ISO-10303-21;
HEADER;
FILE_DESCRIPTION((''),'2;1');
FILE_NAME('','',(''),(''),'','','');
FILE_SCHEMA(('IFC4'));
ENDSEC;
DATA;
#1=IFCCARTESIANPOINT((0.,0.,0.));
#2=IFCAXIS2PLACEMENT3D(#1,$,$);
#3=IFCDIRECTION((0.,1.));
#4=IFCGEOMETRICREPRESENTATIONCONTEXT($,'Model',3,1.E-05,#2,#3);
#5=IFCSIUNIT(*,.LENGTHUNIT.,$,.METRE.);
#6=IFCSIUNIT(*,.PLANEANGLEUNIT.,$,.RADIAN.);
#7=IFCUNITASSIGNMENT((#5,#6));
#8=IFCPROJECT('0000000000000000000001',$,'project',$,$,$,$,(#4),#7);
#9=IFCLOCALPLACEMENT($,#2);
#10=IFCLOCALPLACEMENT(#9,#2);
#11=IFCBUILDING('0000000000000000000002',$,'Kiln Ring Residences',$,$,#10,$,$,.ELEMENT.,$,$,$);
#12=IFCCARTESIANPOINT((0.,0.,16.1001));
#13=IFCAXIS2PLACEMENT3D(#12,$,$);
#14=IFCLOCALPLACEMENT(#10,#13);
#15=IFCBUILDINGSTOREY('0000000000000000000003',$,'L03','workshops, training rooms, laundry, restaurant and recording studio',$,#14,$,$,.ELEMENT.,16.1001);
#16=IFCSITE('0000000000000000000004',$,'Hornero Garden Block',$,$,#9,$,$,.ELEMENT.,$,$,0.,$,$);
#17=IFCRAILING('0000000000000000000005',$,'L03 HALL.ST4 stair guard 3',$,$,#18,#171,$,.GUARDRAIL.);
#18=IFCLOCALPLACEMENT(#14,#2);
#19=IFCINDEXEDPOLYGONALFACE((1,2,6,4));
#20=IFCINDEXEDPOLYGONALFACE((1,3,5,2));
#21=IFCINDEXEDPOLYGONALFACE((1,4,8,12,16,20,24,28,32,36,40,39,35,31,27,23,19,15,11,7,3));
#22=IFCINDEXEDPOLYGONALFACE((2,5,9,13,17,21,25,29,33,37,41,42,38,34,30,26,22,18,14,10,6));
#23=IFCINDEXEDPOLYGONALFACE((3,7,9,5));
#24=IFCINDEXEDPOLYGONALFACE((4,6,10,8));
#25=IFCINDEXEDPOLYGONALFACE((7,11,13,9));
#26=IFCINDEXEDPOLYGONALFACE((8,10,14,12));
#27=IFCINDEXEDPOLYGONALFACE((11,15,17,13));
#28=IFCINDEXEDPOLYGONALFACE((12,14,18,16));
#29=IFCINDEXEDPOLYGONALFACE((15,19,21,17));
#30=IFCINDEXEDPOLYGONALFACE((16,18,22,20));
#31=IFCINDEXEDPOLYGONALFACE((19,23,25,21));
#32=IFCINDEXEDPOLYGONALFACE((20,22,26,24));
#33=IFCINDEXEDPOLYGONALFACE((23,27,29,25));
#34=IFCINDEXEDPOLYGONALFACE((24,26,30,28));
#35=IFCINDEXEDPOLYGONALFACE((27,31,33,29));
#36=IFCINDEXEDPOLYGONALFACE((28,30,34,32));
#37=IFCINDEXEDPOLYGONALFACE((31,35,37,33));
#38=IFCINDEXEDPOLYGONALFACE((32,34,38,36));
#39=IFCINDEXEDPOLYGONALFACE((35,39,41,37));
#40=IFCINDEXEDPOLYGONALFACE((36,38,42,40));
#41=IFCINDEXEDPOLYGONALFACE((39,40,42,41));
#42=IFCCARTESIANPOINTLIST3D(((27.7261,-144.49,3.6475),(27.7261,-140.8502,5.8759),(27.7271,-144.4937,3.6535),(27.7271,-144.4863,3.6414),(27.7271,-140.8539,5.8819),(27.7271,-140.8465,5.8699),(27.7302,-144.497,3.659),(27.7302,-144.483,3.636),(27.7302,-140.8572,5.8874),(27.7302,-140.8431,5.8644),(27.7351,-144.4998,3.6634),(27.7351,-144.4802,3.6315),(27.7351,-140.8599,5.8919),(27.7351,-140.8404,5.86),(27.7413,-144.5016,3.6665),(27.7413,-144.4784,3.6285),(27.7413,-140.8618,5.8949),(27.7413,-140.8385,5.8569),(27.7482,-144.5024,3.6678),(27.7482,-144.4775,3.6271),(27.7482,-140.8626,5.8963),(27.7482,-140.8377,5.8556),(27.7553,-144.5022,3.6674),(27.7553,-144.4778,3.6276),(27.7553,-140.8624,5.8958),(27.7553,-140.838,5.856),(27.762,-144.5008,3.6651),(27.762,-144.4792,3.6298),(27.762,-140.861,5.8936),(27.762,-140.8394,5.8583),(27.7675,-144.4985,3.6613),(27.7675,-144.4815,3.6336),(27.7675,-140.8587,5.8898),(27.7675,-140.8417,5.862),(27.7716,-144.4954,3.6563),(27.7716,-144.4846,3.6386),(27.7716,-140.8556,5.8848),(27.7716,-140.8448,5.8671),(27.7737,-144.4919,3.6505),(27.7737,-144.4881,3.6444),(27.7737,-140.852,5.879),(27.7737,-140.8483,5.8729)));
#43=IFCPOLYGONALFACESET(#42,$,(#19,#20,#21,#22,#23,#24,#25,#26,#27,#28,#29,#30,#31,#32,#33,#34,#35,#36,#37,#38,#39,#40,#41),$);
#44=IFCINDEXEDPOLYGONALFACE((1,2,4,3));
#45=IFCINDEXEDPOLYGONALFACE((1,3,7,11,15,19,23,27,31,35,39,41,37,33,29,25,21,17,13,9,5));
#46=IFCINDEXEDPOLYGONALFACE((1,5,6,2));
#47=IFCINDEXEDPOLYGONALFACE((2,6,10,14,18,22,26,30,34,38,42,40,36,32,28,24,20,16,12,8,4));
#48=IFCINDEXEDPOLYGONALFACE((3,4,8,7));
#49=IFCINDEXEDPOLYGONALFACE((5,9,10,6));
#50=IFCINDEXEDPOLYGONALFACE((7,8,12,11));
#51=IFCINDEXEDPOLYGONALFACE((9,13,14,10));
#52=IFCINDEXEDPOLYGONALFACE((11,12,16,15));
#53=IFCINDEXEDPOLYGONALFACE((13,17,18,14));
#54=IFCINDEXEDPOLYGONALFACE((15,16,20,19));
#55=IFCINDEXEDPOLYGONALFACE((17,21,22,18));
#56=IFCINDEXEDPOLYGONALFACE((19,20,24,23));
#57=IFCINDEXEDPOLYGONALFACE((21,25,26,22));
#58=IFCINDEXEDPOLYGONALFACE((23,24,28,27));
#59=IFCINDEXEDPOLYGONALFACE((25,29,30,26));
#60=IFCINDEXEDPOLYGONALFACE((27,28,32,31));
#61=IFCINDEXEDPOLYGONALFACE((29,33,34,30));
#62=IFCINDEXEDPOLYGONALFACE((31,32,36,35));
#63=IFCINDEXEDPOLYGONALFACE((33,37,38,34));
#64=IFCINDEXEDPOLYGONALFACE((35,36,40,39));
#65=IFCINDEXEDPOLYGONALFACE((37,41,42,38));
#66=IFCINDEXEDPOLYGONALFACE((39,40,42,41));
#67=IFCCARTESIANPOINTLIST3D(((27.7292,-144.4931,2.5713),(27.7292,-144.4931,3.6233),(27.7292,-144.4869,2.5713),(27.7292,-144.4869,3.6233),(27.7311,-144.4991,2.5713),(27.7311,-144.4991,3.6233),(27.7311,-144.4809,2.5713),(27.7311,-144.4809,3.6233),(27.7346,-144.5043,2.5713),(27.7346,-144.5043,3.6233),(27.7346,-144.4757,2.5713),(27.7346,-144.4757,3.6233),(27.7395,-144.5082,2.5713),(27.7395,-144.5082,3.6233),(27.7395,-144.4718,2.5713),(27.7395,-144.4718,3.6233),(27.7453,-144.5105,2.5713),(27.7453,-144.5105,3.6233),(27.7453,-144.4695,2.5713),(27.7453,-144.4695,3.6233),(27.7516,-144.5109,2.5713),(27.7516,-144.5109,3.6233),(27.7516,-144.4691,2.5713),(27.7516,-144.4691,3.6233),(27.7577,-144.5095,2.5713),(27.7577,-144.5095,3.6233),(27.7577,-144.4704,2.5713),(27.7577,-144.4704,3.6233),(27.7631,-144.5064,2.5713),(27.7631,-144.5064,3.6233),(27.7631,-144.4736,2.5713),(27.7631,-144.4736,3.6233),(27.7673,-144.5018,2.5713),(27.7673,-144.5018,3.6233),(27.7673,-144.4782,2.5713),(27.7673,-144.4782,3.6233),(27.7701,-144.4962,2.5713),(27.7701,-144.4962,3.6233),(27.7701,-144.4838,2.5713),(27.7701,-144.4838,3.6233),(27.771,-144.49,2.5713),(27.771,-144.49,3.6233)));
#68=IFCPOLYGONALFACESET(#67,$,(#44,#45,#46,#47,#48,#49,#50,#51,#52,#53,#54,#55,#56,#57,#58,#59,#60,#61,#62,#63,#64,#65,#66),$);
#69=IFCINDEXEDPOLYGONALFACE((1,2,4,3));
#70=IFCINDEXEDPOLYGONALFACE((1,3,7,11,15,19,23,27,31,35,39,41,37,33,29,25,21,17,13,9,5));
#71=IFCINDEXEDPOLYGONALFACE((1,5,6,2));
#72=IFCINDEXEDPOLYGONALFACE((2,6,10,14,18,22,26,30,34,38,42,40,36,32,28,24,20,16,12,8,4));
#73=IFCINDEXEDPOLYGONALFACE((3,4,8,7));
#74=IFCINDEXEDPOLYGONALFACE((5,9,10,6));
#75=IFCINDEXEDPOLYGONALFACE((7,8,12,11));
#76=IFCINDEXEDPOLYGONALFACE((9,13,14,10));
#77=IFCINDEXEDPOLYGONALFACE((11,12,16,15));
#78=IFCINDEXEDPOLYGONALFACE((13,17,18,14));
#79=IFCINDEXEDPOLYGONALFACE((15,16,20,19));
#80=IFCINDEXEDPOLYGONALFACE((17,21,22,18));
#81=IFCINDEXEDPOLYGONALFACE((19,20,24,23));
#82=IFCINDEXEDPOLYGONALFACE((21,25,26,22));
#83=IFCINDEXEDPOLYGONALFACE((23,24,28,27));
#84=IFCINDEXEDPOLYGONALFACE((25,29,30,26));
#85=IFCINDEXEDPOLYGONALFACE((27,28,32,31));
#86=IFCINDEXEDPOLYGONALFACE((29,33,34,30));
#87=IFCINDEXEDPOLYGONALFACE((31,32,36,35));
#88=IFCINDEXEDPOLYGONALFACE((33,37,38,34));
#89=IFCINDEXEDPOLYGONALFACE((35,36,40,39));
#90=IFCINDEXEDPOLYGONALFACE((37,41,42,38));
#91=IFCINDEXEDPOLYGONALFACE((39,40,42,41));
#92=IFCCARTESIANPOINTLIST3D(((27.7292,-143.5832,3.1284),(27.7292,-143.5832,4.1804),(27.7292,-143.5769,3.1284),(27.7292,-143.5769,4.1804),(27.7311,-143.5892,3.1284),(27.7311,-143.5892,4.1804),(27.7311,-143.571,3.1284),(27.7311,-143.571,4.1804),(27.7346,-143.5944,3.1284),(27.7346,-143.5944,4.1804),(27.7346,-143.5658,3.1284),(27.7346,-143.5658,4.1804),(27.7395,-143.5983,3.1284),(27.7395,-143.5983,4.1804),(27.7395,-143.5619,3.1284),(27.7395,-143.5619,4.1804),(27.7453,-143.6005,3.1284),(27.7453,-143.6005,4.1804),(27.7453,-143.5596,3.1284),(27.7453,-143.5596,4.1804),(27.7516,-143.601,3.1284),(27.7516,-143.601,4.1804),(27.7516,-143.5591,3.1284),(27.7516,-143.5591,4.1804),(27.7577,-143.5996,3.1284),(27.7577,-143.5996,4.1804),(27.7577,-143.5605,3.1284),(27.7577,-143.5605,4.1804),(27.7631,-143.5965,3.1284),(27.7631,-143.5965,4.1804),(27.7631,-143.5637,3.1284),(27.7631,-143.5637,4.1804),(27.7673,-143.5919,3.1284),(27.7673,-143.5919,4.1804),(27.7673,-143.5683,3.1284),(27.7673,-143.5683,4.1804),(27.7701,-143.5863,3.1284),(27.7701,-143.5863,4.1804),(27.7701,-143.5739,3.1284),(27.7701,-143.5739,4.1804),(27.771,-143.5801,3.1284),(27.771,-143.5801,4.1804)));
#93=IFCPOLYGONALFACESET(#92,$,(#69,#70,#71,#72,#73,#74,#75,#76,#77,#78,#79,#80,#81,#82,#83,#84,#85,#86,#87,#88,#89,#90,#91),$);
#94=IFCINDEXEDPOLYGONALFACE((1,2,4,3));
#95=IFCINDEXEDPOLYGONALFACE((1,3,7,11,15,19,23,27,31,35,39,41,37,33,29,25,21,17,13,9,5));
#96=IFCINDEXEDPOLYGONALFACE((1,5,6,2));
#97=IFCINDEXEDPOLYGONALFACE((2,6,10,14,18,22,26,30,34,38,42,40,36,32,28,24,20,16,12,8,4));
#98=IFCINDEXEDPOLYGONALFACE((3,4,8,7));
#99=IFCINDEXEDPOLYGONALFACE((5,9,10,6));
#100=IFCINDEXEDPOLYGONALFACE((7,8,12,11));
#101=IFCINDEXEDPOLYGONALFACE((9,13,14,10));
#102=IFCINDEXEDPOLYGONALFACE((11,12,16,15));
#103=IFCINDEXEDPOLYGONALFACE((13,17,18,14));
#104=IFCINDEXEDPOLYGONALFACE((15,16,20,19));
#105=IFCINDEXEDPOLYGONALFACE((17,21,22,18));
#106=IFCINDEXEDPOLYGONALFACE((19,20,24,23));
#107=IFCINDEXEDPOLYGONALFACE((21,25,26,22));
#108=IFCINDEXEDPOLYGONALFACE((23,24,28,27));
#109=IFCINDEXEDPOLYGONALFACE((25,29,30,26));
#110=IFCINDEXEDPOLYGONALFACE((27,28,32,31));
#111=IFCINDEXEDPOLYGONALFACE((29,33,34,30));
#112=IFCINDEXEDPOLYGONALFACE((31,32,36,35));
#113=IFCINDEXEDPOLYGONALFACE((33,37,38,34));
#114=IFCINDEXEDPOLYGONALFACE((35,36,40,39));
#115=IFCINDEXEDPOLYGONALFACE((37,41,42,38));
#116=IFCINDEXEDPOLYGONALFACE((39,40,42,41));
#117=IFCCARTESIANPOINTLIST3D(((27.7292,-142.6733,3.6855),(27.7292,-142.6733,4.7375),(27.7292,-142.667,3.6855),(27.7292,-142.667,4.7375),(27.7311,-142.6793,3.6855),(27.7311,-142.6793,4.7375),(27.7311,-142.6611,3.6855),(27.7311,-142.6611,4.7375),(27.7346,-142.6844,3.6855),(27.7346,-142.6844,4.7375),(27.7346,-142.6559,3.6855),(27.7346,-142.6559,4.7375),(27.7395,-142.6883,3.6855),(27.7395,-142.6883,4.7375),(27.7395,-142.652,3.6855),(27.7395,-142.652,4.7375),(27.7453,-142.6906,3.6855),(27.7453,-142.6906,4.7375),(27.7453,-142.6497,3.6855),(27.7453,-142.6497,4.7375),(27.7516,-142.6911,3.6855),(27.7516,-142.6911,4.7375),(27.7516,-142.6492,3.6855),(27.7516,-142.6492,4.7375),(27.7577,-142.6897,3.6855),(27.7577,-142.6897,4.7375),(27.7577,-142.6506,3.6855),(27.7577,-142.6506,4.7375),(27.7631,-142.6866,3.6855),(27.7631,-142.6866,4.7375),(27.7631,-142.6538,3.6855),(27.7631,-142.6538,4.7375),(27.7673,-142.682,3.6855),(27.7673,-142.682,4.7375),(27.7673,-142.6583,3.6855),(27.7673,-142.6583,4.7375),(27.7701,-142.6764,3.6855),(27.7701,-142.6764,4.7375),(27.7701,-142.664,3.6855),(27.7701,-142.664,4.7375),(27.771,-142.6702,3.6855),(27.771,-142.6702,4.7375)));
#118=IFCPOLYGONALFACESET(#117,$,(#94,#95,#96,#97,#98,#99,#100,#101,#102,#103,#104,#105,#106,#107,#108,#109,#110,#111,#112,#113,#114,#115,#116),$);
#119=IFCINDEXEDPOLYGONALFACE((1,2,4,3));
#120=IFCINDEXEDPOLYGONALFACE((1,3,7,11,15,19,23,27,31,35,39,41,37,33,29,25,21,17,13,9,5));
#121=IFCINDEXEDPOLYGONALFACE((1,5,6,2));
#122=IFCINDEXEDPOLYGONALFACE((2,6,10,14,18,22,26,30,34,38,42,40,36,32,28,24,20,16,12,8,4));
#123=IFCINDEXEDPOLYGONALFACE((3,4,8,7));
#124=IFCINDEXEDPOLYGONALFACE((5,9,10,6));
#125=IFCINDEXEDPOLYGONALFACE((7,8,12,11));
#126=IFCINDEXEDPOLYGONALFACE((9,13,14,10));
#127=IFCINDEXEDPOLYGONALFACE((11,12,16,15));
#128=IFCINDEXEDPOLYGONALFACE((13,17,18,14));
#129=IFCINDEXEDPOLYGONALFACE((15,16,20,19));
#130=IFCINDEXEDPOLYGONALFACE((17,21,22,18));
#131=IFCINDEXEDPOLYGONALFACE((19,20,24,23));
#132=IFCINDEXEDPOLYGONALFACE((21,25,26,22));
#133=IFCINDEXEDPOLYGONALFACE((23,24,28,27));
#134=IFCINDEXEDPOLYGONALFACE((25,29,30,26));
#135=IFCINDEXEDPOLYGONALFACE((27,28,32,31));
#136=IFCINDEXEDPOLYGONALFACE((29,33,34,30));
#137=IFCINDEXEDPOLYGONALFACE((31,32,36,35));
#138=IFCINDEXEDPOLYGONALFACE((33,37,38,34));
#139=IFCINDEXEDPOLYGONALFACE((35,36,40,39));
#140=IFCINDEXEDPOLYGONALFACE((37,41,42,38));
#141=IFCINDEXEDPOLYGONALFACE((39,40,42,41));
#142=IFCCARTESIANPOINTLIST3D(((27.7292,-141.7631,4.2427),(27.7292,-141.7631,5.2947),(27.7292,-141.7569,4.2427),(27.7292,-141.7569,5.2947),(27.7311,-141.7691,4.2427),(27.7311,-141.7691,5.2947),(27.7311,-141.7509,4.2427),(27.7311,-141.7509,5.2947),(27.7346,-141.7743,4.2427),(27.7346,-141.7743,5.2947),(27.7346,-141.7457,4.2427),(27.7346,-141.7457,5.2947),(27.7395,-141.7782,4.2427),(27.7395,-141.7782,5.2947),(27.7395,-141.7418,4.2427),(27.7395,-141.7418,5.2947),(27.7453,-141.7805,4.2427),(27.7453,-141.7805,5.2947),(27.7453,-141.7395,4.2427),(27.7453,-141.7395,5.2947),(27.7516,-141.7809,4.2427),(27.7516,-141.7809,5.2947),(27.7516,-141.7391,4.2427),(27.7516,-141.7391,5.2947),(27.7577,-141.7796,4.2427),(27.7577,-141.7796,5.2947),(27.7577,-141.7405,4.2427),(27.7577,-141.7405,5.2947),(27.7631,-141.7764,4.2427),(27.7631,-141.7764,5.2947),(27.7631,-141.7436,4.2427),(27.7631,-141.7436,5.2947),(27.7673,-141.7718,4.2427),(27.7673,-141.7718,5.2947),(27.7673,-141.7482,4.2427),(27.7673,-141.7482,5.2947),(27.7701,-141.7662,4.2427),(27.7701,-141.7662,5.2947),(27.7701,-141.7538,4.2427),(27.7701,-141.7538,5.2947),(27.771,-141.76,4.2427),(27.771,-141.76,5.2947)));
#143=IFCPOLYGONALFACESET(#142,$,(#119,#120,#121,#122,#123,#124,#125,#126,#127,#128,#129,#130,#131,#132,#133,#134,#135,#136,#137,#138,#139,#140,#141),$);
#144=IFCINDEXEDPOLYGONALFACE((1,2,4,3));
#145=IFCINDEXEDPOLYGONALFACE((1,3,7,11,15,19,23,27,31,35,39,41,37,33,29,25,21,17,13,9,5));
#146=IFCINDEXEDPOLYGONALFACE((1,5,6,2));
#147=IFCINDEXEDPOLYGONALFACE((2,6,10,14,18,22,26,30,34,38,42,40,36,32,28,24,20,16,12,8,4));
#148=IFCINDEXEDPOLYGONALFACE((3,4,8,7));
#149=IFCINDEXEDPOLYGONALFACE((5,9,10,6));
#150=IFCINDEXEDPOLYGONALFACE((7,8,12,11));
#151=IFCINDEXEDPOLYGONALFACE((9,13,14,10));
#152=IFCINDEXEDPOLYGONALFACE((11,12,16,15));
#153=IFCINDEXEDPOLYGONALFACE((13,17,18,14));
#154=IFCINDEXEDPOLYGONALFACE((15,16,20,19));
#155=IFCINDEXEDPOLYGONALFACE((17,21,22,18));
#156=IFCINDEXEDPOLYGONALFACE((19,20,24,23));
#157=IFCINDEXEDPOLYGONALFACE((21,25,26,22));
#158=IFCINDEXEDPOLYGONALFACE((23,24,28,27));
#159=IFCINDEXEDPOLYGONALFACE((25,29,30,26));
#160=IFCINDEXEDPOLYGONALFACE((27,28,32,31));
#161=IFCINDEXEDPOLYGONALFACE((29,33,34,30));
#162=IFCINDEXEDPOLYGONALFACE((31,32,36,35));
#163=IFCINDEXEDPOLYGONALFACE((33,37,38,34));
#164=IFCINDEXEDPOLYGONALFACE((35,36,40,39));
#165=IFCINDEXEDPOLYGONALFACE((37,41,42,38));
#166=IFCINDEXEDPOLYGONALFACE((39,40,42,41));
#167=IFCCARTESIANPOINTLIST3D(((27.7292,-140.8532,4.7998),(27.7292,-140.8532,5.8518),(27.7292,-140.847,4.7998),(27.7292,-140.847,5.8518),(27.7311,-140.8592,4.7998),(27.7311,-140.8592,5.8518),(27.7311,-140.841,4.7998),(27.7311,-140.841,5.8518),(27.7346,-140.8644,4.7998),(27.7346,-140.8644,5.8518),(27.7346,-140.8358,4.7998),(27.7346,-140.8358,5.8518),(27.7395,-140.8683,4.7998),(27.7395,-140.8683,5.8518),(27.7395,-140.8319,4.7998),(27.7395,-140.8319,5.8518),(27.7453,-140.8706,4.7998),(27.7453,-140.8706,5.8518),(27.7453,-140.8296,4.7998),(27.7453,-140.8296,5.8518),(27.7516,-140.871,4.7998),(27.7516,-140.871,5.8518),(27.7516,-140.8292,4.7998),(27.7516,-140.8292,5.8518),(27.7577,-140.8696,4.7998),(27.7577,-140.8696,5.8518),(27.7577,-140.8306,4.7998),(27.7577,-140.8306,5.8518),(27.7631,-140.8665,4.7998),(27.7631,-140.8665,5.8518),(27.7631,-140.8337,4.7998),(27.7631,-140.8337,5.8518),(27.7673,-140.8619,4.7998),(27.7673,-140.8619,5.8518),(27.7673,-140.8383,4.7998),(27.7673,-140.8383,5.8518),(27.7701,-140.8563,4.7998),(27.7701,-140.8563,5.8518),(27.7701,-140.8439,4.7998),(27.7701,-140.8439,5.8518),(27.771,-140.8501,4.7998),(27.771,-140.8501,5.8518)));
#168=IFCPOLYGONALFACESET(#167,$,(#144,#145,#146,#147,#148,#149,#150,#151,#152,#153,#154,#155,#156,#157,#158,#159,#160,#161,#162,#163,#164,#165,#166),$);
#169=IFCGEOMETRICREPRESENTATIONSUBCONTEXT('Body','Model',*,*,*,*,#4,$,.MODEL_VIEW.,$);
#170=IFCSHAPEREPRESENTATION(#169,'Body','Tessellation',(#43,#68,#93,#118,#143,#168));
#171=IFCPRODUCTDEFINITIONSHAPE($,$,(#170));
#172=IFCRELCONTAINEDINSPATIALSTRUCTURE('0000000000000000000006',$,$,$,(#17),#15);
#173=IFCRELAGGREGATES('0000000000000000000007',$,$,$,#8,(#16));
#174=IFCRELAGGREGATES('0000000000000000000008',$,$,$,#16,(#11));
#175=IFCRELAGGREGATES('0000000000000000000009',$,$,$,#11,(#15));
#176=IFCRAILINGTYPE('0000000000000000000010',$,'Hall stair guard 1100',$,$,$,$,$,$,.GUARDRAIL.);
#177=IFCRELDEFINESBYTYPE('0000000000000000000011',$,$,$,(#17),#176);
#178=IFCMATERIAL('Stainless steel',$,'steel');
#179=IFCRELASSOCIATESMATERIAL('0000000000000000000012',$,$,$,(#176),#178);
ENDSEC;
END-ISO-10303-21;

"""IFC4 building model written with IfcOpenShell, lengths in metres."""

from ifc_helpers import new_model, si_unit, direction, frame, origin, origin_2d, place, context, subcontext, project, spatial, circle, extrude, material, type_object, element, save


model = new_model("IFC4")

# Units and contexts
model_context = context("Model", 3, precision=1e-05, world=origin(), true_north=direction((0.0, 1.0)))
body_context = subcontext(model_context, "Body", "Model", "MODEL_VIEW")
ifc_project = project(units=[si_unit("LENGTHUNIT", "METRE"), si_unit("PLANEANGLEUNIT", "RADIAN")], contexts=[model_context])

# Site, building, storey
site_placement = place(None, origin())
site = spatial("IfcSite", under=ifc_project, at=site_placement, Name="Hornero Garden Block", CompositionType="ELEMENT", RefElevation=0.0)
building_placement = place(site_placement, origin())
building = spatial("IfcBuilding", under=site, at=building_placement, Name="Kiln Ring Residences", CompositionType="ELEMENT")
storey_placement = place(building_placement, frame((0.0, 0.0, 16.1001)))
storey = spatial("IfcBuildingStorey", under=building, at=storey_placement, Name="L03", Description="workshops, training rooms, laundry, restaurant and recording studio", CompositionType="ELEMENT", Elevation=16.1001)

# Railing
ifc_material_1 = material(Name="Stainless steel", Category="steel")
railing_type_1 = type_object("IfcRailingType", Name="Hall stair guard 1100", PredefinedType="GUARDRAIL", material=ifc_material_1)
railing_1_placement = place(storey_placement, frame((27.75, -144.49, 2.5713)))
element("IfcRailing", 1, at=railing_1_placement, inside=storey, type_object=railing_type_1, Name="L03 HALL.ST4 stair guard 3", PredefinedType="GUARDRAIL", context=body_context, shape_type="SweptSolid", body=[
    extrude(circle(Radius=0.0239, at=origin_2d()), frame((0.0, 0.0, 1.0762), z_axis=(0.0, 0.85285, 0.522156), x_axis=(-1.0, 0.0, 0.0)), (0.0, 0.0, 1.0), 4.2678),
    extrude(circle(Radius=0.021, at=origin_2d()), origin(), (0.0, 0.0, 1.0), 1.052),
    extrude(circle(Radius=0.021, at=origin_2d()), frame((0.0, 0.9099, 0.5571)), (0.0, 0.0, 1.0), 1.052),
    extrude(circle(Radius=0.021, at=origin_2d()), frame((0.0, 1.8198, 1.1143)), (0.0, 0.0, 1.0), 1.052),
    extrude(circle(Radius=0.021, at=origin_2d()), frame((0.0, 2.73, 1.6714)), (0.0, 0.0, 1.0), 1.052),
    extrude(circle(Radius=0.021, at=origin_2d()), frame((0.0, 3.6399, 2.2285)), (0.0, 0.0, 1.0), 1.052),
])

save(model, "model.ifc")
